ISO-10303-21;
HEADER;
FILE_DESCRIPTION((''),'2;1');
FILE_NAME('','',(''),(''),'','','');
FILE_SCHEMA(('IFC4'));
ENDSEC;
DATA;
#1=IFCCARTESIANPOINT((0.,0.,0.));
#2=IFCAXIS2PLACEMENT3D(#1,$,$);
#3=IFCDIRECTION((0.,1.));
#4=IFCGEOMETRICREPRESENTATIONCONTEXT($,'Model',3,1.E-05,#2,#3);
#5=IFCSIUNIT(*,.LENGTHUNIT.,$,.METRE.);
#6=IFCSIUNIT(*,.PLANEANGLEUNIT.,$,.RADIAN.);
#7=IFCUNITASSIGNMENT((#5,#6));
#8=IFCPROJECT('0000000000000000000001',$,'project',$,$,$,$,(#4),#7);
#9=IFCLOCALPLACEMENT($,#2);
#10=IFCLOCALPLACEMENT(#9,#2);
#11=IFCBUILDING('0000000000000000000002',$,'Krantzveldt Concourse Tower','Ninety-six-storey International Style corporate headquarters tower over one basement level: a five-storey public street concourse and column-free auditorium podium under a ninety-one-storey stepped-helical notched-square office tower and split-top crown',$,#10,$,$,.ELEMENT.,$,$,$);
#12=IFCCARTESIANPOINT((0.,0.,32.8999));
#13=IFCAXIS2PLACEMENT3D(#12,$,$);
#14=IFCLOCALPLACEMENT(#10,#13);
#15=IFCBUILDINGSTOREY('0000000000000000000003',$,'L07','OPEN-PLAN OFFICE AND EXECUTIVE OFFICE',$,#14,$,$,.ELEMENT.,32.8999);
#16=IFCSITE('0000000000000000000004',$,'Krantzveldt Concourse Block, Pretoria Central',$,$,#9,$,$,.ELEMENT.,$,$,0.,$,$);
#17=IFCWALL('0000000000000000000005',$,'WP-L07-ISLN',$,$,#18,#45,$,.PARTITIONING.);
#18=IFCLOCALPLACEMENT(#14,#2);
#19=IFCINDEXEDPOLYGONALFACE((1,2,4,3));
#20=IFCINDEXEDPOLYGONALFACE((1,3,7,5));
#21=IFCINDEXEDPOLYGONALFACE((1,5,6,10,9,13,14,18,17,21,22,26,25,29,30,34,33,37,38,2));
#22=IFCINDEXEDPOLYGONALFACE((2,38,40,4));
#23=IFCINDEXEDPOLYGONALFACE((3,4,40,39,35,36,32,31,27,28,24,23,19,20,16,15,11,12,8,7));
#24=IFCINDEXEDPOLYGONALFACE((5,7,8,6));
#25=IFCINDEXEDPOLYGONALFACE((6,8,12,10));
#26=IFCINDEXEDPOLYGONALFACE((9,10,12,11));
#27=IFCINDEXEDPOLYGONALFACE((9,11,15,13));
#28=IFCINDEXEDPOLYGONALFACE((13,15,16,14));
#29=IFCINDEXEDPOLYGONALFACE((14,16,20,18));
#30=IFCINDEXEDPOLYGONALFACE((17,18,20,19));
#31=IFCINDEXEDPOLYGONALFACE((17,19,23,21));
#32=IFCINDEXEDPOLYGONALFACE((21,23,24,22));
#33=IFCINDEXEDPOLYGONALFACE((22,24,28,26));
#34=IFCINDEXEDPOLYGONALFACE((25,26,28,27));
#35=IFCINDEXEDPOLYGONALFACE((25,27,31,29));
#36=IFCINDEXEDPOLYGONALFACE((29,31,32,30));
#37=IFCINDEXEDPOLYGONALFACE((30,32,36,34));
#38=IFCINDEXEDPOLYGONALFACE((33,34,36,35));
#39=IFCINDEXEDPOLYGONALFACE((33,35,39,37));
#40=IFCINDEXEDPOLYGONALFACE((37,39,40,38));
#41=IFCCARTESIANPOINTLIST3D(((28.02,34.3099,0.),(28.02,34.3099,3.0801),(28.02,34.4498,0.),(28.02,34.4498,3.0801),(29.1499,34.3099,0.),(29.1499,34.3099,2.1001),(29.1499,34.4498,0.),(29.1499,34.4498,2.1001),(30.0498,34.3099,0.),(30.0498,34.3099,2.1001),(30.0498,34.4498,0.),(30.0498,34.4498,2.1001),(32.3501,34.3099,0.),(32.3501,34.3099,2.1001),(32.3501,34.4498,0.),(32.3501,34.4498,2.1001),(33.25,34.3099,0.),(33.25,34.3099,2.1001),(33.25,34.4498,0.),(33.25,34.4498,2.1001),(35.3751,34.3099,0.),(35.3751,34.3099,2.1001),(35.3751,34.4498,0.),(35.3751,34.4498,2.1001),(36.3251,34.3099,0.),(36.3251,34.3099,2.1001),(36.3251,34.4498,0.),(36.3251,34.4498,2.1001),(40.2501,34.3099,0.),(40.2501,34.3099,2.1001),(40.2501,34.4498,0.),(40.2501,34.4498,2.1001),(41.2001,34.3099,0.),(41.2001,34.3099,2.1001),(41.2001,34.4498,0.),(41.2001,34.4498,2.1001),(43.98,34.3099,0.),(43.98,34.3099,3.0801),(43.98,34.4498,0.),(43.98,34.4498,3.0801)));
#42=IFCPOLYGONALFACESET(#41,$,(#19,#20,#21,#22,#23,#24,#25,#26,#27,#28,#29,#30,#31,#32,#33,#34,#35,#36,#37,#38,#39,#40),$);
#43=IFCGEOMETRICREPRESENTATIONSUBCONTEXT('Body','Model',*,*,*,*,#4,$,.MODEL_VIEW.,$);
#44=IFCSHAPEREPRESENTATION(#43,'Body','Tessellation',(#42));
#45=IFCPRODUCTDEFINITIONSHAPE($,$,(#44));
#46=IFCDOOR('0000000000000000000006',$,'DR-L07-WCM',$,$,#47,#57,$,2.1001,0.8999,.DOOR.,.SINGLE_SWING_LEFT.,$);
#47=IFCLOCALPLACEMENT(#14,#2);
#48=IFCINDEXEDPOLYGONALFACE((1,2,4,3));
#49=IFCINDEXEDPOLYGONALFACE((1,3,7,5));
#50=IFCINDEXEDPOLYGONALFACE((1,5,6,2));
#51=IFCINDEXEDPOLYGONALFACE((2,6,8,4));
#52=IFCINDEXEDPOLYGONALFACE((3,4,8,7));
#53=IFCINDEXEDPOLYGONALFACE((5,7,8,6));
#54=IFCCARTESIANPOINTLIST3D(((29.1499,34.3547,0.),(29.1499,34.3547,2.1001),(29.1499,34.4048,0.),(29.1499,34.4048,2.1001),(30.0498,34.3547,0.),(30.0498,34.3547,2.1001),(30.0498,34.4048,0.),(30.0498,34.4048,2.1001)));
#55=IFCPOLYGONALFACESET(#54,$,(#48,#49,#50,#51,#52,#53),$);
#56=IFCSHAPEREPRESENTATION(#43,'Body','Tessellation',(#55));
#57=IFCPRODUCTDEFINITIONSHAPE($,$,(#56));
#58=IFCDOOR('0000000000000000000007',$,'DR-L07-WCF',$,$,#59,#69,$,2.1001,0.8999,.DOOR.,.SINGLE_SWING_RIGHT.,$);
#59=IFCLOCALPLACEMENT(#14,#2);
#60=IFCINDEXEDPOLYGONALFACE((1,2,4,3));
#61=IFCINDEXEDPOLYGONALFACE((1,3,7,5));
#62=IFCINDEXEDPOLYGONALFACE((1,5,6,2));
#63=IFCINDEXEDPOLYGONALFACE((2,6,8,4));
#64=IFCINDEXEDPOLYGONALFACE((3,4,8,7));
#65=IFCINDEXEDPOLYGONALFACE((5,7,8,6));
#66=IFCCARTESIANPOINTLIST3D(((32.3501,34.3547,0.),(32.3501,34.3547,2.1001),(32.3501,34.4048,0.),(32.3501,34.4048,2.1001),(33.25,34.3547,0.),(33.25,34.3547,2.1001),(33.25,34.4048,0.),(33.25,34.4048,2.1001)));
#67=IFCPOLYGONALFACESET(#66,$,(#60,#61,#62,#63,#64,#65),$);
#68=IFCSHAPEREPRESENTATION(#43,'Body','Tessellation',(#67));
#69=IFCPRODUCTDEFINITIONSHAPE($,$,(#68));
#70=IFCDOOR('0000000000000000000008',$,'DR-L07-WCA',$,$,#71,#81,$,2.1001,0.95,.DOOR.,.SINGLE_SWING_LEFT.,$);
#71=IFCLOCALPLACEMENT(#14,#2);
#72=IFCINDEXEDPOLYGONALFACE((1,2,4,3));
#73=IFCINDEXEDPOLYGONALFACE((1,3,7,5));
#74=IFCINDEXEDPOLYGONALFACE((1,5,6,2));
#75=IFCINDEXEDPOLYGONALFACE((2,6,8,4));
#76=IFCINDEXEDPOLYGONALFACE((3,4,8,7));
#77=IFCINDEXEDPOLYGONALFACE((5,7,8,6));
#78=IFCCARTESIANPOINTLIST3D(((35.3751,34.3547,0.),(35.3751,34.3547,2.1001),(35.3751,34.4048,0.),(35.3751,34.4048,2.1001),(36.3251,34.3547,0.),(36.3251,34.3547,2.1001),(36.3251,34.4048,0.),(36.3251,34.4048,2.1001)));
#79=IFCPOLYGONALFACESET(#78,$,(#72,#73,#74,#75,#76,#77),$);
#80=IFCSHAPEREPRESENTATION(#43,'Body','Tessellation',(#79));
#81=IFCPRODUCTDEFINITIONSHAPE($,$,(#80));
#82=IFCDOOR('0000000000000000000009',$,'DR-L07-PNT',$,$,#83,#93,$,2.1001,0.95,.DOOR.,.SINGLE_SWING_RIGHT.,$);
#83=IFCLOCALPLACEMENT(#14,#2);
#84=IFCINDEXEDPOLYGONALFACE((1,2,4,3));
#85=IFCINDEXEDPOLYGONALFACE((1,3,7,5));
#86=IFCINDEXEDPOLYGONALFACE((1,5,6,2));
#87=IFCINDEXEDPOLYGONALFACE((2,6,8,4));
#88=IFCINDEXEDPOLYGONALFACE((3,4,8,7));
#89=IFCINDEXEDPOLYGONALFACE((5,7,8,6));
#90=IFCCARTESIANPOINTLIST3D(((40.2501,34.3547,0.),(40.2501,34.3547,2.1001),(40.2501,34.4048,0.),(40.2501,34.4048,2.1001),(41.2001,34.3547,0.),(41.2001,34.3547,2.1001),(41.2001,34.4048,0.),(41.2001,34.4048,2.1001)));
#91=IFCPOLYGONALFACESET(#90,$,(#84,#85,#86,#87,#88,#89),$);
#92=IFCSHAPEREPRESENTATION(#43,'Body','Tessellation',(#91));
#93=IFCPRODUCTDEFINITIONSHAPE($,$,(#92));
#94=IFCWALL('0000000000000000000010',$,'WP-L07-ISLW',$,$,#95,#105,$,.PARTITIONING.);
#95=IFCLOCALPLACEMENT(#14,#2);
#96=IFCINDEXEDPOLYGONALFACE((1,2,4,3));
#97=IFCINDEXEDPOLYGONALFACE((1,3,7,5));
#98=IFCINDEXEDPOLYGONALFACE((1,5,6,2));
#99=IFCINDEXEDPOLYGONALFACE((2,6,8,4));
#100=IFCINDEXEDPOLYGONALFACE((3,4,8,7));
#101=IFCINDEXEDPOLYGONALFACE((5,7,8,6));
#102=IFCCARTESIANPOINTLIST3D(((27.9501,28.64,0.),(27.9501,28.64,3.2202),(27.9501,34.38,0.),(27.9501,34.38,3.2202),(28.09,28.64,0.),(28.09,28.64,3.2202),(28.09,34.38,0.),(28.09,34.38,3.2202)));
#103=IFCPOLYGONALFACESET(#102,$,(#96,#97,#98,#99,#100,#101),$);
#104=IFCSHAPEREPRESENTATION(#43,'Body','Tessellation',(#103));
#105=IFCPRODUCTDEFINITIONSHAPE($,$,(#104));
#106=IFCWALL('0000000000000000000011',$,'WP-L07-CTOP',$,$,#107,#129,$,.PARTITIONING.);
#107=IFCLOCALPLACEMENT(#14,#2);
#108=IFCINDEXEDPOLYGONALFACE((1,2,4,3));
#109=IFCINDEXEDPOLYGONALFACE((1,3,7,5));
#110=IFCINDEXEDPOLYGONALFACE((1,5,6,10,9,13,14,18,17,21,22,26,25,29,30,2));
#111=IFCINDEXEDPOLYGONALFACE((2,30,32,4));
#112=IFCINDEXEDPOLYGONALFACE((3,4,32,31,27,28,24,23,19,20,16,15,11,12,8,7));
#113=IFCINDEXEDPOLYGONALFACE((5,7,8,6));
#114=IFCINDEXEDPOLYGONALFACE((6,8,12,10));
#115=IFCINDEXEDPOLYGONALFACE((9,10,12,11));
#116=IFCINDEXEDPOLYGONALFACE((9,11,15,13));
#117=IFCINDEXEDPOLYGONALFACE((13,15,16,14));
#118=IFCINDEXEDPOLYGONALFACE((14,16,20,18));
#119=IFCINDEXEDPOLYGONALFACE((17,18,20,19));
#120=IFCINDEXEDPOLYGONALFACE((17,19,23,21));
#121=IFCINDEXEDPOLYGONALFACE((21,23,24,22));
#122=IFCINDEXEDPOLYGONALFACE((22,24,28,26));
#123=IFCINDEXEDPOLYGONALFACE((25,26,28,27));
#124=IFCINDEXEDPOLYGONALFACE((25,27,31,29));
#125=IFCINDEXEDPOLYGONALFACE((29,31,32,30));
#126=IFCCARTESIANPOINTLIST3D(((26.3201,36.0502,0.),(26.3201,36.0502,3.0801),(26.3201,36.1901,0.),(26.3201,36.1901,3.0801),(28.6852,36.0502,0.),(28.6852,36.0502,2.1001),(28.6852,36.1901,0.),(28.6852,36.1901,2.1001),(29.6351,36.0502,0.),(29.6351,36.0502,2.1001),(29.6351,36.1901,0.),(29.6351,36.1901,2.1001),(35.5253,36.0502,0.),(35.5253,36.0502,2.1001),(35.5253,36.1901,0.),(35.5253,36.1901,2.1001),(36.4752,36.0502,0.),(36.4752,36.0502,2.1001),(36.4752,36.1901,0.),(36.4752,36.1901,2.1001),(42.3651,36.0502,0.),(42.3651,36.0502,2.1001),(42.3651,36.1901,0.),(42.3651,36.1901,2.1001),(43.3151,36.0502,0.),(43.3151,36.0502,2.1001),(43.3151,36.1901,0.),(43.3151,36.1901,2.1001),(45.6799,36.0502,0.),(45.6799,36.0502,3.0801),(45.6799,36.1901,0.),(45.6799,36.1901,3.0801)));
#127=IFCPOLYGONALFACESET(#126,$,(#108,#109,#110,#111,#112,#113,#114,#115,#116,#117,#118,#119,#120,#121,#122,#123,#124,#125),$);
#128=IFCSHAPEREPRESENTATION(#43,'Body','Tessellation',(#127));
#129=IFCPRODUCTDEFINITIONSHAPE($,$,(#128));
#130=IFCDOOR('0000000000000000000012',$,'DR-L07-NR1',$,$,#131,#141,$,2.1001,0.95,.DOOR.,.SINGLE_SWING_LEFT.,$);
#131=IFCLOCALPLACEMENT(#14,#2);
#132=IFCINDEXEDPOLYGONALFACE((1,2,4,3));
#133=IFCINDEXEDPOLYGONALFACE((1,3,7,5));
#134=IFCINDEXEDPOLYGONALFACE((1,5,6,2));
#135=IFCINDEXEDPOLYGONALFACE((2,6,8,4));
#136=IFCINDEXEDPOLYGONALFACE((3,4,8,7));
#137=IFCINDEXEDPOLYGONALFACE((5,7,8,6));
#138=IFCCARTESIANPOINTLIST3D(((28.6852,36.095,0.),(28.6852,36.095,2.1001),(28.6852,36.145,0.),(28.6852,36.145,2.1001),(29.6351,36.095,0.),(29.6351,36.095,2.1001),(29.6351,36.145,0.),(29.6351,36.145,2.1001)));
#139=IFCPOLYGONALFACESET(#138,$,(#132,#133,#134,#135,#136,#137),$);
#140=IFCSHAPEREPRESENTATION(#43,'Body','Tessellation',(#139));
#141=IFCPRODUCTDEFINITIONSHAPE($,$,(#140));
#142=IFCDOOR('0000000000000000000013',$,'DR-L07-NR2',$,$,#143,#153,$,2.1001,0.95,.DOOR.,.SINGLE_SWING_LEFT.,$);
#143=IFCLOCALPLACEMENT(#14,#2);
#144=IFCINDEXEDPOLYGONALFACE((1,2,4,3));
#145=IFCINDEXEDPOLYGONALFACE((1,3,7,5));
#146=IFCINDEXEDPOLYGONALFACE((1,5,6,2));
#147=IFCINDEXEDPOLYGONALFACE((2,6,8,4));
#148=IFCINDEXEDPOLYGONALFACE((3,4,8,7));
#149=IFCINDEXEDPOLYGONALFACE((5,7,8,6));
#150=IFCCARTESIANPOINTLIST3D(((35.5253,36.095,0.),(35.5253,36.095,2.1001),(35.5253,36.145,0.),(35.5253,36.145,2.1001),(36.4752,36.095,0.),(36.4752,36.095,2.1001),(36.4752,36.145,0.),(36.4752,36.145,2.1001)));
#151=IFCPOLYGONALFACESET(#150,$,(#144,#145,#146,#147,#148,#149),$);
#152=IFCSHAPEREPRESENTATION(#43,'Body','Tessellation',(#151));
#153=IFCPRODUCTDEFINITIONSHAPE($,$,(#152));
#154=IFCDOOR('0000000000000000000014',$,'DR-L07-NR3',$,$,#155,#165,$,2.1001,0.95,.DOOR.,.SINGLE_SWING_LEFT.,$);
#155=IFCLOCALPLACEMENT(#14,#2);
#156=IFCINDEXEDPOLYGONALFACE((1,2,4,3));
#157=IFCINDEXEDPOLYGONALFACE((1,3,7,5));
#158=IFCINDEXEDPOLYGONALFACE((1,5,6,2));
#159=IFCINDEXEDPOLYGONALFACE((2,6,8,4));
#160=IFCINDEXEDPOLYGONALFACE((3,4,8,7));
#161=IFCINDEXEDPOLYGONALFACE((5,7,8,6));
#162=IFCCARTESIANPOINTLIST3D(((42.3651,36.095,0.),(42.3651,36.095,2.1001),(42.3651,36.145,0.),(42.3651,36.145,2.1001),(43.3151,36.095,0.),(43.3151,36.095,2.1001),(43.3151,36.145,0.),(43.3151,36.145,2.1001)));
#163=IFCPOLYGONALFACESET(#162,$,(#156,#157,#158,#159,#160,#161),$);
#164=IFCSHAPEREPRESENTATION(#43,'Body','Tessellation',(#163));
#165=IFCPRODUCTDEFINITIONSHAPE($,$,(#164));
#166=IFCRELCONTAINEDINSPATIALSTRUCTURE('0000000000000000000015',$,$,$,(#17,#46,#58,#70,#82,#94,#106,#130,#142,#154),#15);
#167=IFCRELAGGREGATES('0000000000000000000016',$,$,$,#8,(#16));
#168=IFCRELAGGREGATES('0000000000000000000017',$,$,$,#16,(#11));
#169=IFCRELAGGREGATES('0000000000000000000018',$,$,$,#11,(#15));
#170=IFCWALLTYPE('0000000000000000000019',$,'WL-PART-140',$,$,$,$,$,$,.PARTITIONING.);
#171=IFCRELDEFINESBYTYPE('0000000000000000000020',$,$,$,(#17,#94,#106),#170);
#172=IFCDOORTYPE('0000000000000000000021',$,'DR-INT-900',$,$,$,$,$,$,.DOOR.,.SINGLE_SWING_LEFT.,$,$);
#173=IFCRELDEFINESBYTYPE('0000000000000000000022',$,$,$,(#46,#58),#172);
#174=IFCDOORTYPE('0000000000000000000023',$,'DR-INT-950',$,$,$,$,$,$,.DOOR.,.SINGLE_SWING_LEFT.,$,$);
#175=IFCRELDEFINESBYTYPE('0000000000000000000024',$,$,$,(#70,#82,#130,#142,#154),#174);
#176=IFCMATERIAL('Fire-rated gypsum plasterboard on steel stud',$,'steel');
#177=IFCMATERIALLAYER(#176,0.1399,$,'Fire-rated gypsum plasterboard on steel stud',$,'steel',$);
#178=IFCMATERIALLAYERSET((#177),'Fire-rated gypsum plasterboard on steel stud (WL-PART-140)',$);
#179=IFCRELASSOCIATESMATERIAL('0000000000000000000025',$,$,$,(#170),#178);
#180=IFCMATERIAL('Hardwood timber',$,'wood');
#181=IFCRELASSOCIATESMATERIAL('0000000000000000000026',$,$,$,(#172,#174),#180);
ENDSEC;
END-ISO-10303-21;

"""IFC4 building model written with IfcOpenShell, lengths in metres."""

from ifc_helpers import new_model, si_unit, direction, frame, frame_2d, origin, place, context, subcontext, project, spatial, rectangle, extrude, material, layer, layer_set, type_object, element, fill, save


model = new_model("IFC4")

# Units and contexts
model_context = context("Model", 3, precision=1e-05, world=origin(), true_north=direction((0.0, 1.0)))
body_context = subcontext(model_context, "Body", "Model", "MODEL_VIEW")
ifc_project = project(units=[si_unit("LENGTHUNIT", "METRE"), si_unit("PLANEANGLEUNIT", "RADIAN")], contexts=[model_context])

# Site, building, storey
site_placement = place(None, origin())
site = spatial("IfcSite", under=ifc_project, at=site_placement, Name="Krantzveldt Concourse Block, Pretoria Central", CompositionType="ELEMENT", RefElevation=0.0)
building_placement = place(site_placement, origin())
building = spatial("IfcBuilding", under=site, at=building_placement, Name="Krantzveldt Concourse Tower", Description="Ninety-six-storey International Style corporate headquarters tower over one basement level: a five-storey public street concourse and column-free auditorium podium under a ninety-one-storey stepped-helical notched-square office tower and split-top crown", CompositionType="ELEMENT")
storey_placement = place(building_placement, frame((0.0, 0.0, 32.8999)))
storey = spatial("IfcBuildingStorey", under=building, at=storey_placement, Name="L07", Description="OPEN-PLAN OFFICE AND EXECUTIVE OFFICE", CompositionType="ELEMENT", Elevation=32.8999)

# Shared definitions
ifc_material_1 = material(Name="Fire-rated gypsum plasterboard on steel stud", Category="steel")

# Shared definitions
ifc_layer_1 = layer(ifc_material_1, 0.1399, Name="Fire-rated gypsum plasterboard on steel stud", Category="steel")
ifc_layer_set_1 = layer_set([ifc_layer_1], Name="Fire-rated gypsum plasterboard on steel stud (WL-PART-140)")
wall_type_1 = type_object("IfcWallType", Name="WL-PART-140", PredefinedType="PARTITIONING", material=ifc_layer_set_1)
ifc_material_2 = material(Name="Hardwood timber", Category="wood")

# Wall, openings, doors
wall_1_placement = place(storey_placement, frame((28.02, 34.3799, 0.0), z_axis=(0.0, 0.0, 1.0), x_axis=(1.0, 0.0, 0.0)))
wall_1 = element("IfcWall", 1, at=wall_1_placement, inside=storey, type_object=wall_type_1, Name="WP-L07-ISLN", PredefinedType="PARTITIONING", context=body_context, shape_type="SweptSolid", body=[
    extrude(rectangle(XDim=15.96, YDim=0.1399, at=frame_2d((7.98, 0.0))), origin(), (0.0, 0.0, 1.0), 3.0801),
])
opening_1_placement = place(wall_1_placement, frame((1.1299, 0.0, 0.0)))
opening_1 = element("IfcOpeningElement", 2, at=opening_1_placement, cuts=wall_1, PredefinedType="OPENING", context=body_context, shape_type="SweptSolid", body=[
    extrude(rectangle(XDim=0.8999, YDim=2.1001, at=frame_2d((0.45, 1.05))), frame((0.0, 0.0801, 0.0), z_axis=(0.0, -1.0, 0.0), x_axis=(1.0, 0.0, 0.0)), (0.0, 0.0, 1.0), 0.1599),
])
opening_2_placement = place(wall_1_placement, frame((4.3301, 0.0, 0.0)))
opening_2 = element("IfcOpeningElement", 3, at=opening_2_placement, cuts=wall_1, PredefinedType="OPENING", context=body_context, shape_type="SweptSolid", body=[
    extrude(rectangle(XDim=0.8999, YDim=2.1001, at=frame_2d((0.45, 1.05))), frame((0.0, 0.0801, 0.0), z_axis=(0.0, -1.0, 0.0), x_axis=(1.0, 0.0, 0.0)), (0.0, 0.0, 1.0), 0.1599),
])
opening_3_placement = place(wall_1_placement, frame((7.355, 0.0, 0.0)))
opening_3 = element("IfcOpeningElement", 4, at=opening_3_placement, cuts=wall_1, PredefinedType="OPENING", context=body_context, shape_type="SweptSolid", body=[
    extrude(rectangle(XDim=0.95, YDim=2.1001, at=frame_2d((0.4751, 1.05))), frame((0.0, 0.0801, 0.0), z_axis=(0.0, -1.0, 0.0), x_axis=(1.0, 0.0, 0.0)), (0.0, 0.0, 1.0), 0.1599),
])
opening_4_placement = place(wall_1_placement, frame((12.23, 0.0, 0.0)))
opening_4 = element("IfcOpeningElement", 5, at=opening_4_placement, cuts=wall_1, PredefinedType="OPENING", context=body_context, shape_type="SweptSolid", body=[
    extrude(rectangle(XDim=0.95, YDim=2.1001, at=frame_2d((0.4751, 1.05))), frame((0.0, 0.0801, 0.0), z_axis=(0.0, -1.0, 0.0), x_axis=(1.0, 0.0, 0.0)), (0.0, 0.0, 1.0), 0.1599),
])
door_type_1 = type_object("IfcDoorType", Name="DR-INT-900", OperationType="SINGLE_SWING_LEFT", PredefinedType="DOOR", material=ifc_material_2)
door_1_placement = place(opening_1_placement, origin())
door_1 = element("IfcDoor", 6, at=door_1_placement, inside=storey, type_object=door_type_1, Name="DR-L07-WCM", OperationType="SINGLE_SWING_LEFT", OverallHeight=2.1001, OverallWidth=0.8999, PredefinedType="DOOR", context=body_context, shape_type="SweptSolid", body=[
    extrude(rectangle(XDim=0.8999, YDim=2.1001, at=frame_2d((0.45, 1.05))), frame((0.0, 0.0249, 0.0), z_axis=(0.0, -1.0, 0.0), x_axis=(1.0, 0.0, 0.0)), (0.0, 0.0, 1.0), 0.05),
])
fill(opening_1, door_1)
door_2_placement = place(opening_2_placement, origin())
door_2 = element("IfcDoor", 7, at=door_2_placement, inside=storey, type_object=door_type_1, Name="DR-L07-WCF", OperationType="SINGLE_SWING_RIGHT", OverallHeight=2.1001, OverallWidth=0.8999, PredefinedType="DOOR", context=body_context, shape_type="SweptSolid", body=[
    extrude(rectangle(XDim=0.8999, YDim=2.1001, at=frame_2d((0.45, 1.05))), frame((0.0, 0.0249, 0.0), z_axis=(0.0, -1.0, 0.0), x_axis=(1.0, 0.0, 0.0)), (0.0, 0.0, 1.0), 0.05),
])
fill(opening_2, door_2)
door_type_2 = type_object("IfcDoorType", Name="DR-INT-950", OperationType="SINGLE_SWING_LEFT", PredefinedType="DOOR", material=ifc_material_2)
door_3_placement = place(opening_3_placement, origin())
door_3 = element("IfcDoor", 8, at=door_3_placement, inside=storey, type_object=door_type_2, Name="DR-L07-WCA", OperationType="SINGLE_SWING_LEFT", OverallHeight=2.1001, OverallWidth=0.95, PredefinedType="DOOR", context=body_context, shape_type="SweptSolid", body=[
    extrude(rectangle(XDim=0.95, YDim=2.1001, at=frame_2d((0.4751, 1.05))), frame((0.0, 0.0249, 0.0), z_axis=(0.0, -1.0, 0.0), x_axis=(1.0, 0.0, 0.0)), (0.0, 0.0, 1.0), 0.05),
])
fill(opening_3, door_3)
door_4_placement = place(opening_4_placement, origin())
door_4 = element("IfcDoor", 9, at=door_4_placement, inside=storey, type_object=door_type_2, Name="DR-L07-PNT", OperationType="SINGLE_SWING_RIGHT", OverallHeight=2.1001, OverallWidth=0.95, PredefinedType="DOOR", context=body_context, shape_type="SweptSolid", body=[
    extrude(rectangle(XDim=0.95, YDim=2.1001, at=frame_2d((0.4751, 1.05))), frame((0.0, 0.0249, 0.0), z_axis=(0.0, -1.0, 0.0), x_axis=(1.0, 0.0, 0.0)), (0.0, 0.0, 1.0), 0.05),
])
fill(opening_4, door_4)

# Wall
wall_2_placement = place(storey_placement, frame((28.02, 28.6399, 0.0), z_axis=(0.0, 0.0, 1.0), x_axis=(0.0, 1.0, 0.0)))
element("IfcWall", 10, at=wall_2_placement, inside=storey, type_object=wall_type_1, Name="WP-L07-ISLW", PredefinedType="PARTITIONING", context=body_context, shape_type="SweptSolid", body=[
    extrude(rectangle(XDim=5.74, YDim=0.1399, at=frame_2d((2.8701, 0.0))), origin(), (0.0, 0.0, 1.0), 3.2202),
])

# Wall, openings, doors
wall_3_placement = place(storey_placement, frame((26.3201, 36.1201, 0.0), z_axis=(0.0, 0.0, 1.0), x_axis=(1.0, 0.0, 0.0)))
wall_3 = element("IfcWall", 11, at=wall_3_placement, inside=storey, type_object=wall_type_1, Name="WP-L07-CTOP", PredefinedType="PARTITIONING", context=body_context, shape_type="SweptSolid", body=[
    extrude(rectangle(XDim=19.3599, YDim=0.1399, at=frame_2d((9.6799, 0.0))), origin(), (0.0, 0.0, 1.0), 3.0801),
])
opening_5_placement = place(wall_3_placement, frame((2.365, 0.0, 0.0)))
opening_5 = element("IfcOpeningElement", 12, at=opening_5_placement, cuts=wall_3, PredefinedType="OPENING", context=body_context, shape_type="SweptSolid", body=[
    extrude(rectangle(XDim=0.95, YDim=2.1001, at=frame_2d((0.4751, 1.05))), frame((0.0, 0.0801, 0.0), z_axis=(0.0, -1.0, 0.0), x_axis=(1.0, 0.0, 0.0)), (0.0, 0.0, 1.0), 0.1599),
])
opening_6_placement = place(wall_3_placement, frame((9.2051, 0.0, 0.0)))
opening_6 = element("IfcOpeningElement", 13, at=opening_6_placement, cuts=wall_3, PredefinedType="OPENING", context=body_context, shape_type="SweptSolid", body=[
    extrude(rectangle(XDim=0.95, YDim=2.1001, at=frame_2d((0.4751, 1.05))), frame((0.0, 0.0801, 0.0), z_axis=(0.0, -1.0, 0.0), x_axis=(1.0, 0.0, 0.0)), (0.0, 0.0, 1.0), 0.1599),
])
opening_7_placement = place(wall_3_placement, frame((16.0449, 0.0, 0.0)))
opening_7 = element("IfcOpeningElement", 14, at=opening_7_placement, cuts=wall_3, PredefinedType="OPENING", context=body_context, shape_type="SweptSolid", body=[
    extrude(rectangle(XDim=0.95, YDim=2.1001, at=frame_2d((0.4751, 1.05))), frame((0.0, 0.0801, 0.0), z_axis=(0.0, -1.0, 0.0), x_axis=(1.0, 0.0, 0.0)), (0.0, 0.0, 1.0), 0.1599),
])
door_5_placement = place(opening_5_placement, origin())
door_5 = element("IfcDoor", 15, at=door_5_placement, inside=storey, type_object=door_type_2, Name="DR-L07-NR1", OperationType="SINGLE_SWING_LEFT", OverallHeight=2.1001, OverallWidth=0.95, PredefinedType="DOOR", context=body_context, shape_type="SweptSolid", body=[
    extrude(rectangle(XDim=0.95, YDim=2.1001, at=frame_2d((0.4751, 1.05))), frame((0.0, 0.0249, 0.0), z_axis=(0.0, -1.0, 0.0), x_axis=(1.0, 0.0, 0.0)), (0.0, 0.0, 1.0), 0.05),
])
fill(opening_5, door_5)
door_6_placement = place(opening_6_placement, origin())
door_6 = element("IfcDoor", 16, at=door_6_placement, inside=storey, type_object=door_type_2, Name="DR-L07-NR2", OperationType="SINGLE_SWING_LEFT", OverallHeight=2.1001, OverallWidth=0.95, PredefinedType="DOOR", context=body_context, shape_type="SweptSolid", body=[
    extrude(rectangle(XDim=0.95, YDim=2.1001, at=frame_2d((0.4751, 1.05))), frame((0.0, 0.0249, 0.0), z_axis=(0.0, -1.0, 0.0), x_axis=(1.0, 0.0, 0.0)), (0.0, 0.0, 1.0), 0.05),
])
fill(opening_6, door_6)
door_7_placement = place(opening_7_placement, origin())
door_7 = element("IfcDoor", 17, at=door_7_placement, inside=storey, type_object=door_type_2, Name="DR-L07-NR3", OperationType="SINGLE_SWING_LEFT", OverallHeight=2.1001, OverallWidth=0.95, PredefinedType="DOOR", context=body_context, shape_type="SweptSolid", body=[
    extrude(rectangle(XDim=0.95, YDim=2.1001, at=frame_2d((0.4751, 1.05))), frame((0.0, 0.0249, 0.0), z_axis=(0.0, -1.0, 0.0), x_axis=(1.0, 0.0, 0.0)), (0.0, 0.0, 1.0), 0.05),
])
fill(opening_7, door_7)

save(model, "model.ifc")
